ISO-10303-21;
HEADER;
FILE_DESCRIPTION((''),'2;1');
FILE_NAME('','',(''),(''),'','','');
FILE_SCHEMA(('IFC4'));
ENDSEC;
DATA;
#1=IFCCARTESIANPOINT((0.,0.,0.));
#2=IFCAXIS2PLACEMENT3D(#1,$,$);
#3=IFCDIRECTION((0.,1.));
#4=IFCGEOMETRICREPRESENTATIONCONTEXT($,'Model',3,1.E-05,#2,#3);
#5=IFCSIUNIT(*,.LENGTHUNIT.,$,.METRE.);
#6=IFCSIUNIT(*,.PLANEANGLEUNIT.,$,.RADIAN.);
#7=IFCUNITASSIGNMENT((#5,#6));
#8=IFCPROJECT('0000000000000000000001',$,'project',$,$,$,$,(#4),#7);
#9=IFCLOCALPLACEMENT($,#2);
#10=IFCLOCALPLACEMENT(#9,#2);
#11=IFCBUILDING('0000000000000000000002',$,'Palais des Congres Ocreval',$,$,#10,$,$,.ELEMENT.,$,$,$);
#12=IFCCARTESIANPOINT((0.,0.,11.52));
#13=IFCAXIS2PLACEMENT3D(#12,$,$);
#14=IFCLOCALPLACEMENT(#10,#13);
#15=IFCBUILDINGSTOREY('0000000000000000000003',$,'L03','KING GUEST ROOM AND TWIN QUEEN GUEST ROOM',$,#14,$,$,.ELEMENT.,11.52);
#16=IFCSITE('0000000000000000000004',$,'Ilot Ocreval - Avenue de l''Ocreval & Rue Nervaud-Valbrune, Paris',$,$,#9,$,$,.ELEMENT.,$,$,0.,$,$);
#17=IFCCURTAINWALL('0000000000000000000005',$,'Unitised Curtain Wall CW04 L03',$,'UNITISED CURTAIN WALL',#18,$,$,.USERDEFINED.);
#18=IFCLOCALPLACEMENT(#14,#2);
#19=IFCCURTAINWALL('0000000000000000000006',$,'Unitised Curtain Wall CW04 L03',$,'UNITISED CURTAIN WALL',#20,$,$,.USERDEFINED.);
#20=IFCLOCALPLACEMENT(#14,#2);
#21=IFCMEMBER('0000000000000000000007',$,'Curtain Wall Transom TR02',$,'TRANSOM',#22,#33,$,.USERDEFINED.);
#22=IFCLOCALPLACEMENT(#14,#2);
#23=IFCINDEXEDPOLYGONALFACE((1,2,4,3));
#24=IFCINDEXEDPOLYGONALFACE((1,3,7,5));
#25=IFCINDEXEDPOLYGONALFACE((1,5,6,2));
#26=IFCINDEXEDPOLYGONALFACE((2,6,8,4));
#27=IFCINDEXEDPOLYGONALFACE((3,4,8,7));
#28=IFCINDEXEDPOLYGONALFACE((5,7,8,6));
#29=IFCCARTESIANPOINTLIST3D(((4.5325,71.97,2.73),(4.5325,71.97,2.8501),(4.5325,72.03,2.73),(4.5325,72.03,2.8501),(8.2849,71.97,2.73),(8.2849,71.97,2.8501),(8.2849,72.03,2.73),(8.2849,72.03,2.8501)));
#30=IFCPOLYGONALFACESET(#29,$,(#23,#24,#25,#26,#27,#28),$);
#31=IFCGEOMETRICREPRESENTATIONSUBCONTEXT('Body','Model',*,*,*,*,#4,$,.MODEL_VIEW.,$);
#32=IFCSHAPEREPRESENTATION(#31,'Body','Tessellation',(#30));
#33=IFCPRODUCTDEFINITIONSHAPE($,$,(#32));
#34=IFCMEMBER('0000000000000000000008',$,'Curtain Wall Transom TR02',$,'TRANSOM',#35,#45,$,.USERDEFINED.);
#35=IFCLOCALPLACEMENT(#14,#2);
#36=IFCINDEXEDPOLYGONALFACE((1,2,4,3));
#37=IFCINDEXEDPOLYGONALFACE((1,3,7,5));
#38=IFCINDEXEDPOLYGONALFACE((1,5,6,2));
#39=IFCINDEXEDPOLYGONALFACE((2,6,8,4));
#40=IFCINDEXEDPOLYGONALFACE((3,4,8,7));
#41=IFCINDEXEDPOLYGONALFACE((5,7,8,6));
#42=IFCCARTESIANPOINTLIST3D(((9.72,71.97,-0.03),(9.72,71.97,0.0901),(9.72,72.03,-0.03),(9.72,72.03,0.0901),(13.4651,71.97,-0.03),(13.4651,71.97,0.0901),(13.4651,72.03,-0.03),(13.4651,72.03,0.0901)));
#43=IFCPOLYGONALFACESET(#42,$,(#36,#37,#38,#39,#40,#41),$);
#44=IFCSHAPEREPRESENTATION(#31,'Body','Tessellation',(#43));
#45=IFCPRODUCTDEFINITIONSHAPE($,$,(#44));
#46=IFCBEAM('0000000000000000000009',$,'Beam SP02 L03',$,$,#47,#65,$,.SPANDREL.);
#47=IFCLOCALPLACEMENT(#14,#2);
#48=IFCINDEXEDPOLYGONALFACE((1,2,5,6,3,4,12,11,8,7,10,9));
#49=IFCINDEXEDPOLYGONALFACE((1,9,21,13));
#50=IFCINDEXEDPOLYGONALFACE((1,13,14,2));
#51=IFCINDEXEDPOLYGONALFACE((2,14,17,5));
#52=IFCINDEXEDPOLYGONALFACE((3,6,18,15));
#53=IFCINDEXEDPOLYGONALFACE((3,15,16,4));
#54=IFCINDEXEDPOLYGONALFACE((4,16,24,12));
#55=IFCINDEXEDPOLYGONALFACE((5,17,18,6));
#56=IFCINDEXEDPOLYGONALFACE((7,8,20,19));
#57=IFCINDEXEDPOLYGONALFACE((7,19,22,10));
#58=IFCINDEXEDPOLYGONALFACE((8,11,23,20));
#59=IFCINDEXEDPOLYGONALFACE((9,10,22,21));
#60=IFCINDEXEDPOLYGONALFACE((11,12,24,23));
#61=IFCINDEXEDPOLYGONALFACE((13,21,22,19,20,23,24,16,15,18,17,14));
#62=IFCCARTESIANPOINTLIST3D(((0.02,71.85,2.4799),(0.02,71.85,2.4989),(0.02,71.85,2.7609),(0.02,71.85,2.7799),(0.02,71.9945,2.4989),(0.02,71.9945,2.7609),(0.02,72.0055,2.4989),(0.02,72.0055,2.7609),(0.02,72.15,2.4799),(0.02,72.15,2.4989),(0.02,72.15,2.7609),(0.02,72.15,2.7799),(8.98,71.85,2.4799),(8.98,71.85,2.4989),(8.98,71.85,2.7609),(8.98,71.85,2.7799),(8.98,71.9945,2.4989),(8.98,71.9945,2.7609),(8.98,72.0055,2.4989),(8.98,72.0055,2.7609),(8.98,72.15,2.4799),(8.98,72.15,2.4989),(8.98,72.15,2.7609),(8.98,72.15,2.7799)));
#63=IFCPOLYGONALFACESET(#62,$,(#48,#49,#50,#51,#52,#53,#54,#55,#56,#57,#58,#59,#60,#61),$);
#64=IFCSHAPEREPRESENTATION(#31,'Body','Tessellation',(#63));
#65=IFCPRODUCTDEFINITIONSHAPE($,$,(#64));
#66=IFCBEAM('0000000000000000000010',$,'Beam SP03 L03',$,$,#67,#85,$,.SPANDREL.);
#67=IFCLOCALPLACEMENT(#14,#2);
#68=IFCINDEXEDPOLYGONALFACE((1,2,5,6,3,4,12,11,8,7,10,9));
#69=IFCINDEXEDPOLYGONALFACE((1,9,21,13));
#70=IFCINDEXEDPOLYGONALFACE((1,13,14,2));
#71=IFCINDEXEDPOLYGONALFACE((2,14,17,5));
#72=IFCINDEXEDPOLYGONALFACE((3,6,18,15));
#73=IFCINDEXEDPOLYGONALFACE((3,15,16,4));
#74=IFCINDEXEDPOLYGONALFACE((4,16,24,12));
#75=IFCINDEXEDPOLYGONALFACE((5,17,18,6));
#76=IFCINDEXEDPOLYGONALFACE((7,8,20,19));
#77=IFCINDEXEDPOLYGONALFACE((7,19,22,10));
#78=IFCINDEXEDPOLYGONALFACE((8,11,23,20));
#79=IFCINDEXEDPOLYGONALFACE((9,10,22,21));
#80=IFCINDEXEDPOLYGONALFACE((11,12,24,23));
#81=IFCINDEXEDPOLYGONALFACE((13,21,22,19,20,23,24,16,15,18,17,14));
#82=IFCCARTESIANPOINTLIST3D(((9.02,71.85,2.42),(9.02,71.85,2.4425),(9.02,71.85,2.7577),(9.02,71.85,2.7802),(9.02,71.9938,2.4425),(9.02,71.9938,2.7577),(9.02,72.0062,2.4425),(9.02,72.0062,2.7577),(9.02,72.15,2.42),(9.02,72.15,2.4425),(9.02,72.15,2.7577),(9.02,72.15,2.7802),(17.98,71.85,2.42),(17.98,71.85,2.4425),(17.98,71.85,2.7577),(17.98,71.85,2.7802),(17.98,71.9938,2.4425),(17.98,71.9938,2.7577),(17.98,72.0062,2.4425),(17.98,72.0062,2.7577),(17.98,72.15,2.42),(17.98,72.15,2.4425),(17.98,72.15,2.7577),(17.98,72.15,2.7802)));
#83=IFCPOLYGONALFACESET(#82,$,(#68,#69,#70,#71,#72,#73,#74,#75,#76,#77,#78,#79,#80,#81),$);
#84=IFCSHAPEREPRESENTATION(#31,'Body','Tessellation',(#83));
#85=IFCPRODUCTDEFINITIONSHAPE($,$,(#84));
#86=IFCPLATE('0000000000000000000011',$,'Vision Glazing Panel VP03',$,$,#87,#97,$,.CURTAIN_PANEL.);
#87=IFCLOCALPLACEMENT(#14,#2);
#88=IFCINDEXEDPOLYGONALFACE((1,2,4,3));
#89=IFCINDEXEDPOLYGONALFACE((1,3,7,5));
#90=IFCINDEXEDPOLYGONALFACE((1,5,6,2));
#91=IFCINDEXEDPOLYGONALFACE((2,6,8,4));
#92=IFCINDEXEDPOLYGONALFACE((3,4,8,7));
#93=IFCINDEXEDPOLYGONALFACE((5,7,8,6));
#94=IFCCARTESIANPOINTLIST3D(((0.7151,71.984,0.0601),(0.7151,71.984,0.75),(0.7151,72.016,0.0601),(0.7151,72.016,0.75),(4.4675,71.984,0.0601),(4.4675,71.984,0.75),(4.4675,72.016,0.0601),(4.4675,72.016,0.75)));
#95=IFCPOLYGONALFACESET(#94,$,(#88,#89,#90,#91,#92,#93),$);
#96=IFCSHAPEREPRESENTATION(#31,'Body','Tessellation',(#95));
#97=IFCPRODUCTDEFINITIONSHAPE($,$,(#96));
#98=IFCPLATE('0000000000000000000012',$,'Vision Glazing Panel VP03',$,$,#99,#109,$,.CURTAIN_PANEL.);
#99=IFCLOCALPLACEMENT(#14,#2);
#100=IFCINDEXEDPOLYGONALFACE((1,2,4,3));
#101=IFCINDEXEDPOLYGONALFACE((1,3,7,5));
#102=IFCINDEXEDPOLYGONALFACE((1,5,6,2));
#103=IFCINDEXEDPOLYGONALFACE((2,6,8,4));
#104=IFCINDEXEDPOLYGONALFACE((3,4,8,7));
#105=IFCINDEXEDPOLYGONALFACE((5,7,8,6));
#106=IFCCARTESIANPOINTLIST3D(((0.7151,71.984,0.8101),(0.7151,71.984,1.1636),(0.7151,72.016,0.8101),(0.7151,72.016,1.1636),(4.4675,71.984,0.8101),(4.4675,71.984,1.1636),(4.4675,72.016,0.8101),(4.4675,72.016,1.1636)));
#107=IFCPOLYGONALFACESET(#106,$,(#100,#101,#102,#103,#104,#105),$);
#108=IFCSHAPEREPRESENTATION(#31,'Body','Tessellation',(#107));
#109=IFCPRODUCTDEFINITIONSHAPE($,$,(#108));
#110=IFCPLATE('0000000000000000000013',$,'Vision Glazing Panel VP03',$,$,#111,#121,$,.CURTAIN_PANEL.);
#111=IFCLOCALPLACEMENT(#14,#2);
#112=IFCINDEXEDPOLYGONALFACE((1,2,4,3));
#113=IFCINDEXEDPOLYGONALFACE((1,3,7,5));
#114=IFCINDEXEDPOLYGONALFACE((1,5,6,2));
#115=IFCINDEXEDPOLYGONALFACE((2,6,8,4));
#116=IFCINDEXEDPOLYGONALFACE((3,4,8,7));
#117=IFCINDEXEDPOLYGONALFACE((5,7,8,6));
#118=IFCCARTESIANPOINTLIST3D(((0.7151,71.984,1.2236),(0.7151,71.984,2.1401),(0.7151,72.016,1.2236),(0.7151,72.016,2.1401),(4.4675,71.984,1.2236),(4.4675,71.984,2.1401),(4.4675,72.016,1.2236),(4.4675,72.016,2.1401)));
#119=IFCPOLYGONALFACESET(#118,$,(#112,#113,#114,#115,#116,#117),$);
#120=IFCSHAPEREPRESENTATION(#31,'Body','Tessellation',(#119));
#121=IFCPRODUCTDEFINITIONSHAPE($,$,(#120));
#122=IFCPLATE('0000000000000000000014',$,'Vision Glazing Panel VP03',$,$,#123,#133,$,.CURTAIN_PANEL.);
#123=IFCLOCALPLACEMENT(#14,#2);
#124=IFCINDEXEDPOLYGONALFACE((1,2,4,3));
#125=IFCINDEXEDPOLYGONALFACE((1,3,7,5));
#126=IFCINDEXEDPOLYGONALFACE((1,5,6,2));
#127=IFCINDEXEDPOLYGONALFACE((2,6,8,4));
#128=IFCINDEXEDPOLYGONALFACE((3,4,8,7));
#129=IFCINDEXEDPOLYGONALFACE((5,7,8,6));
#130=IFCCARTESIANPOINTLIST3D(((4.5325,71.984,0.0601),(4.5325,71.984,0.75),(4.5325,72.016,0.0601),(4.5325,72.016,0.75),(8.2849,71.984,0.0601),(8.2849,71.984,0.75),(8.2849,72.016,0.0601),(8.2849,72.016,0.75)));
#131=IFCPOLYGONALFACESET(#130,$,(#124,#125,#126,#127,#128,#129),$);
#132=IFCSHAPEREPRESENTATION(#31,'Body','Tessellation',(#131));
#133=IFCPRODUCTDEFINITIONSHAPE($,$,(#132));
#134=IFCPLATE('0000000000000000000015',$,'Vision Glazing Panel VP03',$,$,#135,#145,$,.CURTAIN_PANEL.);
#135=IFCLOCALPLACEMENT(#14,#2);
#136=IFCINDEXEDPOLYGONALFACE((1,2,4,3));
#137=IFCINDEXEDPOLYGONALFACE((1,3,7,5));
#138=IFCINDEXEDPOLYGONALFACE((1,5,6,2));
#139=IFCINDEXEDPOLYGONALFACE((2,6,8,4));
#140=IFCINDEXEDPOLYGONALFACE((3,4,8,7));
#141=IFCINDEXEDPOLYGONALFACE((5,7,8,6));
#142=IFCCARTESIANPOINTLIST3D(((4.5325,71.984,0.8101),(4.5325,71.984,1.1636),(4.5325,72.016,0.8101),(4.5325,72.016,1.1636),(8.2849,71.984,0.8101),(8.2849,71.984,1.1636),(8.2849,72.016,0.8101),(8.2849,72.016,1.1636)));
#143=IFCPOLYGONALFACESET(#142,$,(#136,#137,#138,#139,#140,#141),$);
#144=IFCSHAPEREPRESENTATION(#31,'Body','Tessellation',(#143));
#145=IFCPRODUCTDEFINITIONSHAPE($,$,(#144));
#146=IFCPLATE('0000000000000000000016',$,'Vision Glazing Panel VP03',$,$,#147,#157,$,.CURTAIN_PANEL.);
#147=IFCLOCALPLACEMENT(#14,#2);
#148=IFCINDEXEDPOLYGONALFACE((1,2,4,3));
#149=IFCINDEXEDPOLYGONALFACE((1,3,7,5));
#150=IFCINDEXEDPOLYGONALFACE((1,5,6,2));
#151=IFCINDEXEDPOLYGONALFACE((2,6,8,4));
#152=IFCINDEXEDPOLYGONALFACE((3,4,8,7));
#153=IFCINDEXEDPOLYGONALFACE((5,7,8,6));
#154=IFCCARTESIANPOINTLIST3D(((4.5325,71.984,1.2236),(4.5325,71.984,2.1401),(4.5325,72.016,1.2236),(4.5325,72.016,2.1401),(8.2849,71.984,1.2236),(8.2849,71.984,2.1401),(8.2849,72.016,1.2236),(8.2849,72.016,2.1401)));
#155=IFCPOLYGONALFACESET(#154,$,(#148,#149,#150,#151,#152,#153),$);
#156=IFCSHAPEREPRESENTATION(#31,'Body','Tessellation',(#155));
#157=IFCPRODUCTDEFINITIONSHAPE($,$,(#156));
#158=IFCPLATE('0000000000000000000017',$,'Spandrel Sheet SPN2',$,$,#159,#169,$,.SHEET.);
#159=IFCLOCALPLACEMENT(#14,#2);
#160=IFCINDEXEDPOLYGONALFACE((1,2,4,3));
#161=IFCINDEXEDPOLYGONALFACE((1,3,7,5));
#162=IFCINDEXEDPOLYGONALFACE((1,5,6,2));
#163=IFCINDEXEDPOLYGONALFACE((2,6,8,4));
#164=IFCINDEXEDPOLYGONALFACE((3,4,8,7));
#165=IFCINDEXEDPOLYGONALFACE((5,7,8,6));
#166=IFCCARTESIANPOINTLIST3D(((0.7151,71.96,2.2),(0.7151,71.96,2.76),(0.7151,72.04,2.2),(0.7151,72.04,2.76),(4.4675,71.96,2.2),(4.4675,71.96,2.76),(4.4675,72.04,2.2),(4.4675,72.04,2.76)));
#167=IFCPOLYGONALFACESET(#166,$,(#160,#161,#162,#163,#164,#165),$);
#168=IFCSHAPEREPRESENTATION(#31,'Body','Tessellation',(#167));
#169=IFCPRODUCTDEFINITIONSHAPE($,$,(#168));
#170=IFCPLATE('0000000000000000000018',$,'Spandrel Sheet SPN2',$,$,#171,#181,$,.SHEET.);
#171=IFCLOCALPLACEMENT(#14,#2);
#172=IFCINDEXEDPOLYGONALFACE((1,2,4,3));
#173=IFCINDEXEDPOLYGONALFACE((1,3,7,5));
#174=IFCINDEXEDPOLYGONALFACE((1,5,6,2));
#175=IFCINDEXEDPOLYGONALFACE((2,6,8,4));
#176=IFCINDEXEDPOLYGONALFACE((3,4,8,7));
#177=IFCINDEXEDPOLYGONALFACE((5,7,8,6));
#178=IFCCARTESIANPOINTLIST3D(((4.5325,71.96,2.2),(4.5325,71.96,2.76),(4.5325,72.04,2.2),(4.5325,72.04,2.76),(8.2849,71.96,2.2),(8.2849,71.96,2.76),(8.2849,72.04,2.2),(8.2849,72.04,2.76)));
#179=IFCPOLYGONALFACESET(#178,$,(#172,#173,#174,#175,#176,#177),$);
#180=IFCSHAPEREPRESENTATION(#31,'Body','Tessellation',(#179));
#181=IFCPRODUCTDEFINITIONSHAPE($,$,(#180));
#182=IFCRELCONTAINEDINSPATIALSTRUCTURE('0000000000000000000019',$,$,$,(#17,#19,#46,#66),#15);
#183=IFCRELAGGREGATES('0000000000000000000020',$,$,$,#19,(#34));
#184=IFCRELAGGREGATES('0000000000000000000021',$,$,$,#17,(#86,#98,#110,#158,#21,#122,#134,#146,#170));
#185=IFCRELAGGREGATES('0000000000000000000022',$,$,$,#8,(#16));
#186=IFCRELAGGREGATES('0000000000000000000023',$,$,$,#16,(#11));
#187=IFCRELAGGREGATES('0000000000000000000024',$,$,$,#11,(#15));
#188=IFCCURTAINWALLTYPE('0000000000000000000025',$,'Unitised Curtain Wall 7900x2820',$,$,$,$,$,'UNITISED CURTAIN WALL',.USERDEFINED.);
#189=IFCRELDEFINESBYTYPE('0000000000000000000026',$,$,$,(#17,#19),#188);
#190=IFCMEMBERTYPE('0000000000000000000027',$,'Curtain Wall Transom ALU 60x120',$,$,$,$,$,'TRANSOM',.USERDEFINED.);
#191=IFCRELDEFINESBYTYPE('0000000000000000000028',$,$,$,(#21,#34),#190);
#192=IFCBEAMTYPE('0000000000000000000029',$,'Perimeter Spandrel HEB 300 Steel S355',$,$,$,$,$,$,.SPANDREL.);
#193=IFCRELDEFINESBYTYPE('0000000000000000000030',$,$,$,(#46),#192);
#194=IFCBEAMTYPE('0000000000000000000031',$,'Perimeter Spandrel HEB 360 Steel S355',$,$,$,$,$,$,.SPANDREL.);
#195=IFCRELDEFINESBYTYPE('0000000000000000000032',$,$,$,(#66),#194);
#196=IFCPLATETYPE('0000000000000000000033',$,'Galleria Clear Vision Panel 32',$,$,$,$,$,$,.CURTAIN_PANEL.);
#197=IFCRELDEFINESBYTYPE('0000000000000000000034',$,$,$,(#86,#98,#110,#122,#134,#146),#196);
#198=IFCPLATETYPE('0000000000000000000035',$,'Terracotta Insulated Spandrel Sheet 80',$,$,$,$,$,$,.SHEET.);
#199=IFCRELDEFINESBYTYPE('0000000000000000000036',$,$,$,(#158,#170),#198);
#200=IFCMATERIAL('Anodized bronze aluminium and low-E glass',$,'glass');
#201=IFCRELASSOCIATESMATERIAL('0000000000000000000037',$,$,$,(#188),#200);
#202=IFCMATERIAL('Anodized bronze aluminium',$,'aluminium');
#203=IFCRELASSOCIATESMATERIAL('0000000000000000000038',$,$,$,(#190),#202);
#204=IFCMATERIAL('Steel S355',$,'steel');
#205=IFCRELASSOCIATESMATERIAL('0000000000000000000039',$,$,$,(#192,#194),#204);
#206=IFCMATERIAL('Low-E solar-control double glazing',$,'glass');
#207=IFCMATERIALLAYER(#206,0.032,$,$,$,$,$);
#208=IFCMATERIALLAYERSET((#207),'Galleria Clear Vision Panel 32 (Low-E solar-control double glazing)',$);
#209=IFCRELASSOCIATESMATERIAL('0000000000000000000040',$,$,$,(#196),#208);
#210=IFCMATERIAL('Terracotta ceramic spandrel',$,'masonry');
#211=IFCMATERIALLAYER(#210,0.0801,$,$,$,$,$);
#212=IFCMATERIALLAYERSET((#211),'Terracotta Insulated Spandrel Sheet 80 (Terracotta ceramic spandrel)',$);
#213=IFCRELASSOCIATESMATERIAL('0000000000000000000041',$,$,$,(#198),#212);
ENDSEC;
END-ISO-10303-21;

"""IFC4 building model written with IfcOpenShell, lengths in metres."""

from ifc_helpers import new_model, si_unit, direction, frame, origin, origin_2d, place, context, subcontext, project, spatial, rectangle, i_section, extrude, material, layer, layer_set, material_profile, profile_set, type_object, element, aggregate, save


model = new_model("IFC4")

# Units and contexts
model_context = context("Model", 3, precision=1e-05, world=origin(), true_north=direction((0.0, 1.0)))
body_context = subcontext(model_context, "Body", "Model", "MODEL_VIEW")
ifc_project = project(units=[si_unit("LENGTHUNIT", "METRE"), si_unit("PLANEANGLEUNIT", "RADIAN")], contexts=[model_context])

# Site, building, storey
site_placement = place(None, origin())
site = spatial("IfcSite", under=ifc_project, at=site_placement, Name="Ilot Ocreval - Avenue de l'Ocreval & Rue Nervaud-Valbrune, Paris", CompositionType="ELEMENT", RefElevation=0.0)
building_placement = place(site_placement, origin())
building = spatial("IfcBuilding", under=site, at=building_placement, Name="Palais des Congres Ocreval", CompositionType="ELEMENT")
storey_placement = place(building_placement, frame((0.0, 0.0, 11.52)))
storey = spatial("IfcBuildingStorey", under=building, at=storey_placement, Name="L03", Description="KING GUEST ROOM AND TWIN QUEEN GUEST ROOM", CompositionType="ELEMENT", Elevation=11.52)

# Curtain wall
ifc_material_1 = material(Name="Anodized bronze aluminium and low-E glass", Category="glass")
curtain_wall_type = type_object("IfcCurtainWallType", Name="Unitised Curtain Wall 7900x2820", ElementType="UNITISED CURTAIN WALL", PredefinedType="USERDEFINED", material=ifc_material_1)
curtain_wall_1_placement = place(storey_placement, origin())
curtain_wall_1 = element("IfcCurtainWall", 1, at=curtain_wall_1_placement, inside=storey, type_object=curtain_wall_type, Name="Unitised Curtain Wall CW04 L03", ObjectType="UNITISED CURTAIN WALL", PredefinedType="USERDEFINED")
ifc_material_2 = material(Name="Anodized bronze aluminium", Category="aluminium")

# Curtain wall
curtain_wall_2_placement = place(storey_placement, origin())
curtain_wall_2 = element("IfcCurtainWall", 2, at=curtain_wall_2_placement, inside=storey, type_object=curtain_wall_type, Name="Unitised Curtain Wall CW04 L03", ObjectType="UNITISED CURTAIN WALL", PredefinedType="USERDEFINED")

# Members
ifc_material_profile_1 = material_profile(ifc_material_2, rectangle(XDim=0.0601, YDim=0.1201, at=origin_2d()), Name="ALU 60x120")
ifc_profile_set_1 = profile_set([ifc_material_profile_1], Name="Anodized bronze aluminium")
member_type_1 = type_object("IfcMemberType", Name="Curtain Wall Transom ALU 60x120", ElementType="TRANSOM", PredefinedType="USERDEFINED", material=ifc_profile_set_1)
member_1_placement = place(storey_placement, frame((4.5325, 72.0, 2.79), z_axis=(1.0, 0.0, 0.0), x_axis=(0.0, 1.0, 0.0)))
member_1 = element("IfcMember", 3, at=member_1_placement, type_object=member_type_1, Name="Curtain Wall Transom TR02", ObjectType="TRANSOM", PredefinedType="USERDEFINED", context=body_context, shape_type="SweptSolid", body=[
    extrude(rectangle(XDim=0.0601, YDim=0.1201, at=origin_2d()), origin(), (0.0, 0.0, 1.0), 3.7524),
])
member_2_placement = place(storey_placement, frame((9.72, 72.0, 0.03), z_axis=(1.0, 0.0, 0.0), x_axis=(0.0, 1.0, 0.0)))
member_2 = element("IfcMember", 4, at=member_2_placement, type_object=member_type_1, Name="Curtain Wall Transom TR02", ObjectType="TRANSOM", PredefinedType="USERDEFINED", context=body_context, shape_type="SweptSolid", body=[
    extrude(rectangle(XDim=0.0601, YDim=0.1201, at=origin_2d()), origin(), (0.0, 0.0, 1.0), 3.7451),
])
aggregate(curtain_wall_2, [member_2])

# Beams
ifc_material_3 = material(Name="Steel S355", Category="steel")
ifc_material_profile_2 = material_profile(ifc_material_3, i_section(OverallWidth=0.3, OverallDepth=0.3, WebThickness=0.011, FlangeThickness=0.019, at=origin_2d()), Name="HEB 300")
ifc_profile_set_2 = profile_set([ifc_material_profile_2], Name="Steel S355")
beam_type_1 = type_object("IfcBeamType", Name="Perimeter Spandrel HEB 300 Steel S355", PredefinedType="SPANDREL", material=ifc_profile_set_2)
beam_1_placement = place(storey_placement, frame((0.02, 72.0, 2.6299), z_axis=(1.0, 0.0, 0.0), x_axis=(0.0, 1.0, 0.0)))
element("IfcBeam", 5, at=beam_1_placement, inside=storey, type_object=beam_type_1, Name="Beam SP02 L03", PredefinedType="SPANDREL", context=body_context, shape_type="SweptSolid", body=[
    extrude(i_section(OverallWidth=0.3, OverallDepth=0.3, WebThickness=0.011, FlangeThickness=0.019, at=origin_2d()), origin(), (0.0, 0.0, 1.0), 8.96),
])
ifc_material_profile_3 = material_profile(ifc_material_3, i_section(OverallWidth=0.3, OverallDepth=0.3601, WebThickness=0.0125, FlangeThickness=0.0225, at=origin_2d()), Name="HEB 360")
ifc_profile_set_3 = profile_set([ifc_material_profile_3], Name="Steel S355")
beam_type_2 = type_object("IfcBeamType", Name="Perimeter Spandrel HEB 360 Steel S355", PredefinedType="SPANDREL", material=ifc_profile_set_3)
beam_2_placement = place(storey_placement, frame((9.02, 72.0, 2.6001), z_axis=(1.0, 0.0, 0.0), x_axis=(0.0, 1.0, 0.0)))
element("IfcBeam", 6, at=beam_2_placement, inside=storey, type_object=beam_type_2, Name="Beam SP03 L03", PredefinedType="SPANDREL", context=body_context, shape_type="SweptSolid", body=[
    extrude(i_section(OverallWidth=0.3, OverallDepth=0.3601, WebThickness=0.0125, FlangeThickness=0.0225, at=origin_2d()), origin(), (0.0, 0.0, 1.0), 8.96),
])

# Plates
ifc_material_4 = material(Name="Low-E solar-control double glazing", Category="glass")
ifc_layer_1 = layer(ifc_material_4, 0.032)
ifc_layer_set_1 = layer_set([ifc_layer_1], Name="Galleria Clear Vision Panel 32 (Low-E solar-control double glazing)")
plate_type_1 = type_object("IfcPlateType", Name="Galleria Clear Vision Panel 32", PredefinedType="CURTAIN_PANEL", material=ifc_layer_set_1)
plate_1_placement = place(storey_placement, frame((2.5913, 72.0, 0.0601), z_axis=(0.0, 0.0, 1.0), x_axis=(1.0, 0.0, 0.0)))
plate_1 = element("IfcPlate", 7, at=plate_1_placement, type_object=plate_type_1, Name="Vision Glazing Panel VP03", PredefinedType="CURTAIN_PANEL", context=body_context, shape_type="SweptSolid", body=[
    extrude(rectangle(XDim=3.7524, YDim=0.032, at=origin_2d()), origin(), (0.0, 0.0, 1.0), 0.6899),
])
plate_2_placement = place(storey_placement, frame((2.5913, 72.0, 0.8101), z_axis=(0.0, 0.0, 1.0), x_axis=(1.0, 0.0, 0.0)))
plate_2 = element("IfcPlate", 8, at=plate_2_placement, type_object=plate_type_1, Name="Vision Glazing Panel VP03", PredefinedType="CURTAIN_PANEL", context=body_context, shape_type="SweptSolid", body=[
    extrude(rectangle(XDim=3.7524, YDim=0.032, at=origin_2d()), origin(), (0.0, 0.0, 1.0), 0.3535),
])
plate_3_placement = place(storey_placement, frame((2.5913, 72.0, 1.2236), z_axis=(0.0, 0.0, 1.0), x_axis=(1.0, 0.0, 0.0)))
plate_3 = element("IfcPlate", 9, at=plate_3_placement, type_object=plate_type_1, Name="Vision Glazing Panel VP03", PredefinedType="CURTAIN_PANEL", context=body_context, shape_type="SweptSolid", body=[
    extrude(rectangle(XDim=3.7524, YDim=0.032, at=origin_2d()), origin(), (0.0, 0.0, 1.0), 0.9165),
])
plate_4_placement = place(storey_placement, frame((6.4087, 72.0, 0.0601), z_axis=(0.0, 0.0, 1.0), x_axis=(1.0, 0.0, 0.0)))
plate_4 = element("IfcPlate", 10, at=plate_4_placement, type_object=plate_type_1, Name="Vision Glazing Panel VP03", PredefinedType="CURTAIN_PANEL", context=body_context, shape_type="SweptSolid", body=[
    extrude(rectangle(XDim=3.7524, YDim=0.032, at=origin_2d()), origin(), (0.0, 0.0, 1.0), 0.6899),
])
plate_5_placement = place(storey_placement, frame((6.4087, 72.0, 0.8101), z_axis=(0.0, 0.0, 1.0), x_axis=(1.0, 0.0, 0.0)))
plate_5 = element("IfcPlate", 11, at=plate_5_placement, type_object=plate_type_1, Name="Vision Glazing Panel VP03", PredefinedType="CURTAIN_PANEL", context=body_context, shape_type="SweptSolid", body=[
    extrude(rectangle(XDim=3.7524, YDim=0.032, at=origin_2d()), origin(), (0.0, 0.0, 1.0), 0.3535),
])
plate_6_placement = place(storey_placement, frame((6.4087, 72.0, 1.2236), z_axis=(0.0, 0.0, 1.0), x_axis=(1.0, 0.0, 0.0)))
plate_6 = element("IfcPlate", 12, at=plate_6_placement, type_object=plate_type_1, Name="Vision Glazing Panel VP03", PredefinedType="CURTAIN_PANEL", context=body_context, shape_type="SweptSolid", body=[
    extrude(rectangle(XDim=3.7524, YDim=0.032, at=origin_2d()), origin(), (0.0, 0.0, 1.0), 0.9165),
])
ifc_material_5 = material(Name="Terracotta ceramic spandrel", Category="masonry")
ifc_layer_2 = layer(ifc_material_5, 0.0801)
ifc_layer_set_2 = layer_set([ifc_layer_2], Name="Terracotta Insulated Spandrel Sheet 80 (Terracotta ceramic spandrel)")
plate_type_2 = type_object("IfcPlateType", Name="Terracotta Insulated Spandrel Sheet 80", PredefinedType="SHEET", material=ifc_layer_set_2)
plate_7_placement = place(storey_placement, frame((2.5913, 72.0, 2.2), z_axis=(0.0, 0.0, 1.0), x_axis=(1.0, 0.0, 0.0)))
plate_7 = element("IfcPlate", 13, at=plate_7_placement, type_object=plate_type_2, Name="Spandrel Sheet SPN2", PredefinedType="SHEET", context=body_context, shape_type="SweptSolid", body=[
    extrude(rectangle(XDim=3.7524, YDim=0.0801, at=origin_2d()), origin(), (0.0, 0.0, 1.0), 0.5601),
])
plate_8_placement = place(storey_placement, frame((6.4087, 72.0, 2.2), z_axis=(0.0, 0.0, 1.0), x_axis=(1.0, 0.0, 0.0)))
plate_8 = element("IfcPlate", 14, at=plate_8_placement, type_object=plate_type_2, Name="Spandrel Sheet SPN2", PredefinedType="SHEET", context=body_context, shape_type="SweptSolid", body=[
    extrude(rectangle(XDim=3.7524, YDim=0.0801, at=origin_2d()), origin(), (0.0, 0.0, 1.0), 0.5601),
])
aggregate(curtain_wall_1, [plate_1, plate_2, plate_3, plate_7, member_1, plate_4, plate_5, plate_6, plate_8])

save(model, "model.ifc")
